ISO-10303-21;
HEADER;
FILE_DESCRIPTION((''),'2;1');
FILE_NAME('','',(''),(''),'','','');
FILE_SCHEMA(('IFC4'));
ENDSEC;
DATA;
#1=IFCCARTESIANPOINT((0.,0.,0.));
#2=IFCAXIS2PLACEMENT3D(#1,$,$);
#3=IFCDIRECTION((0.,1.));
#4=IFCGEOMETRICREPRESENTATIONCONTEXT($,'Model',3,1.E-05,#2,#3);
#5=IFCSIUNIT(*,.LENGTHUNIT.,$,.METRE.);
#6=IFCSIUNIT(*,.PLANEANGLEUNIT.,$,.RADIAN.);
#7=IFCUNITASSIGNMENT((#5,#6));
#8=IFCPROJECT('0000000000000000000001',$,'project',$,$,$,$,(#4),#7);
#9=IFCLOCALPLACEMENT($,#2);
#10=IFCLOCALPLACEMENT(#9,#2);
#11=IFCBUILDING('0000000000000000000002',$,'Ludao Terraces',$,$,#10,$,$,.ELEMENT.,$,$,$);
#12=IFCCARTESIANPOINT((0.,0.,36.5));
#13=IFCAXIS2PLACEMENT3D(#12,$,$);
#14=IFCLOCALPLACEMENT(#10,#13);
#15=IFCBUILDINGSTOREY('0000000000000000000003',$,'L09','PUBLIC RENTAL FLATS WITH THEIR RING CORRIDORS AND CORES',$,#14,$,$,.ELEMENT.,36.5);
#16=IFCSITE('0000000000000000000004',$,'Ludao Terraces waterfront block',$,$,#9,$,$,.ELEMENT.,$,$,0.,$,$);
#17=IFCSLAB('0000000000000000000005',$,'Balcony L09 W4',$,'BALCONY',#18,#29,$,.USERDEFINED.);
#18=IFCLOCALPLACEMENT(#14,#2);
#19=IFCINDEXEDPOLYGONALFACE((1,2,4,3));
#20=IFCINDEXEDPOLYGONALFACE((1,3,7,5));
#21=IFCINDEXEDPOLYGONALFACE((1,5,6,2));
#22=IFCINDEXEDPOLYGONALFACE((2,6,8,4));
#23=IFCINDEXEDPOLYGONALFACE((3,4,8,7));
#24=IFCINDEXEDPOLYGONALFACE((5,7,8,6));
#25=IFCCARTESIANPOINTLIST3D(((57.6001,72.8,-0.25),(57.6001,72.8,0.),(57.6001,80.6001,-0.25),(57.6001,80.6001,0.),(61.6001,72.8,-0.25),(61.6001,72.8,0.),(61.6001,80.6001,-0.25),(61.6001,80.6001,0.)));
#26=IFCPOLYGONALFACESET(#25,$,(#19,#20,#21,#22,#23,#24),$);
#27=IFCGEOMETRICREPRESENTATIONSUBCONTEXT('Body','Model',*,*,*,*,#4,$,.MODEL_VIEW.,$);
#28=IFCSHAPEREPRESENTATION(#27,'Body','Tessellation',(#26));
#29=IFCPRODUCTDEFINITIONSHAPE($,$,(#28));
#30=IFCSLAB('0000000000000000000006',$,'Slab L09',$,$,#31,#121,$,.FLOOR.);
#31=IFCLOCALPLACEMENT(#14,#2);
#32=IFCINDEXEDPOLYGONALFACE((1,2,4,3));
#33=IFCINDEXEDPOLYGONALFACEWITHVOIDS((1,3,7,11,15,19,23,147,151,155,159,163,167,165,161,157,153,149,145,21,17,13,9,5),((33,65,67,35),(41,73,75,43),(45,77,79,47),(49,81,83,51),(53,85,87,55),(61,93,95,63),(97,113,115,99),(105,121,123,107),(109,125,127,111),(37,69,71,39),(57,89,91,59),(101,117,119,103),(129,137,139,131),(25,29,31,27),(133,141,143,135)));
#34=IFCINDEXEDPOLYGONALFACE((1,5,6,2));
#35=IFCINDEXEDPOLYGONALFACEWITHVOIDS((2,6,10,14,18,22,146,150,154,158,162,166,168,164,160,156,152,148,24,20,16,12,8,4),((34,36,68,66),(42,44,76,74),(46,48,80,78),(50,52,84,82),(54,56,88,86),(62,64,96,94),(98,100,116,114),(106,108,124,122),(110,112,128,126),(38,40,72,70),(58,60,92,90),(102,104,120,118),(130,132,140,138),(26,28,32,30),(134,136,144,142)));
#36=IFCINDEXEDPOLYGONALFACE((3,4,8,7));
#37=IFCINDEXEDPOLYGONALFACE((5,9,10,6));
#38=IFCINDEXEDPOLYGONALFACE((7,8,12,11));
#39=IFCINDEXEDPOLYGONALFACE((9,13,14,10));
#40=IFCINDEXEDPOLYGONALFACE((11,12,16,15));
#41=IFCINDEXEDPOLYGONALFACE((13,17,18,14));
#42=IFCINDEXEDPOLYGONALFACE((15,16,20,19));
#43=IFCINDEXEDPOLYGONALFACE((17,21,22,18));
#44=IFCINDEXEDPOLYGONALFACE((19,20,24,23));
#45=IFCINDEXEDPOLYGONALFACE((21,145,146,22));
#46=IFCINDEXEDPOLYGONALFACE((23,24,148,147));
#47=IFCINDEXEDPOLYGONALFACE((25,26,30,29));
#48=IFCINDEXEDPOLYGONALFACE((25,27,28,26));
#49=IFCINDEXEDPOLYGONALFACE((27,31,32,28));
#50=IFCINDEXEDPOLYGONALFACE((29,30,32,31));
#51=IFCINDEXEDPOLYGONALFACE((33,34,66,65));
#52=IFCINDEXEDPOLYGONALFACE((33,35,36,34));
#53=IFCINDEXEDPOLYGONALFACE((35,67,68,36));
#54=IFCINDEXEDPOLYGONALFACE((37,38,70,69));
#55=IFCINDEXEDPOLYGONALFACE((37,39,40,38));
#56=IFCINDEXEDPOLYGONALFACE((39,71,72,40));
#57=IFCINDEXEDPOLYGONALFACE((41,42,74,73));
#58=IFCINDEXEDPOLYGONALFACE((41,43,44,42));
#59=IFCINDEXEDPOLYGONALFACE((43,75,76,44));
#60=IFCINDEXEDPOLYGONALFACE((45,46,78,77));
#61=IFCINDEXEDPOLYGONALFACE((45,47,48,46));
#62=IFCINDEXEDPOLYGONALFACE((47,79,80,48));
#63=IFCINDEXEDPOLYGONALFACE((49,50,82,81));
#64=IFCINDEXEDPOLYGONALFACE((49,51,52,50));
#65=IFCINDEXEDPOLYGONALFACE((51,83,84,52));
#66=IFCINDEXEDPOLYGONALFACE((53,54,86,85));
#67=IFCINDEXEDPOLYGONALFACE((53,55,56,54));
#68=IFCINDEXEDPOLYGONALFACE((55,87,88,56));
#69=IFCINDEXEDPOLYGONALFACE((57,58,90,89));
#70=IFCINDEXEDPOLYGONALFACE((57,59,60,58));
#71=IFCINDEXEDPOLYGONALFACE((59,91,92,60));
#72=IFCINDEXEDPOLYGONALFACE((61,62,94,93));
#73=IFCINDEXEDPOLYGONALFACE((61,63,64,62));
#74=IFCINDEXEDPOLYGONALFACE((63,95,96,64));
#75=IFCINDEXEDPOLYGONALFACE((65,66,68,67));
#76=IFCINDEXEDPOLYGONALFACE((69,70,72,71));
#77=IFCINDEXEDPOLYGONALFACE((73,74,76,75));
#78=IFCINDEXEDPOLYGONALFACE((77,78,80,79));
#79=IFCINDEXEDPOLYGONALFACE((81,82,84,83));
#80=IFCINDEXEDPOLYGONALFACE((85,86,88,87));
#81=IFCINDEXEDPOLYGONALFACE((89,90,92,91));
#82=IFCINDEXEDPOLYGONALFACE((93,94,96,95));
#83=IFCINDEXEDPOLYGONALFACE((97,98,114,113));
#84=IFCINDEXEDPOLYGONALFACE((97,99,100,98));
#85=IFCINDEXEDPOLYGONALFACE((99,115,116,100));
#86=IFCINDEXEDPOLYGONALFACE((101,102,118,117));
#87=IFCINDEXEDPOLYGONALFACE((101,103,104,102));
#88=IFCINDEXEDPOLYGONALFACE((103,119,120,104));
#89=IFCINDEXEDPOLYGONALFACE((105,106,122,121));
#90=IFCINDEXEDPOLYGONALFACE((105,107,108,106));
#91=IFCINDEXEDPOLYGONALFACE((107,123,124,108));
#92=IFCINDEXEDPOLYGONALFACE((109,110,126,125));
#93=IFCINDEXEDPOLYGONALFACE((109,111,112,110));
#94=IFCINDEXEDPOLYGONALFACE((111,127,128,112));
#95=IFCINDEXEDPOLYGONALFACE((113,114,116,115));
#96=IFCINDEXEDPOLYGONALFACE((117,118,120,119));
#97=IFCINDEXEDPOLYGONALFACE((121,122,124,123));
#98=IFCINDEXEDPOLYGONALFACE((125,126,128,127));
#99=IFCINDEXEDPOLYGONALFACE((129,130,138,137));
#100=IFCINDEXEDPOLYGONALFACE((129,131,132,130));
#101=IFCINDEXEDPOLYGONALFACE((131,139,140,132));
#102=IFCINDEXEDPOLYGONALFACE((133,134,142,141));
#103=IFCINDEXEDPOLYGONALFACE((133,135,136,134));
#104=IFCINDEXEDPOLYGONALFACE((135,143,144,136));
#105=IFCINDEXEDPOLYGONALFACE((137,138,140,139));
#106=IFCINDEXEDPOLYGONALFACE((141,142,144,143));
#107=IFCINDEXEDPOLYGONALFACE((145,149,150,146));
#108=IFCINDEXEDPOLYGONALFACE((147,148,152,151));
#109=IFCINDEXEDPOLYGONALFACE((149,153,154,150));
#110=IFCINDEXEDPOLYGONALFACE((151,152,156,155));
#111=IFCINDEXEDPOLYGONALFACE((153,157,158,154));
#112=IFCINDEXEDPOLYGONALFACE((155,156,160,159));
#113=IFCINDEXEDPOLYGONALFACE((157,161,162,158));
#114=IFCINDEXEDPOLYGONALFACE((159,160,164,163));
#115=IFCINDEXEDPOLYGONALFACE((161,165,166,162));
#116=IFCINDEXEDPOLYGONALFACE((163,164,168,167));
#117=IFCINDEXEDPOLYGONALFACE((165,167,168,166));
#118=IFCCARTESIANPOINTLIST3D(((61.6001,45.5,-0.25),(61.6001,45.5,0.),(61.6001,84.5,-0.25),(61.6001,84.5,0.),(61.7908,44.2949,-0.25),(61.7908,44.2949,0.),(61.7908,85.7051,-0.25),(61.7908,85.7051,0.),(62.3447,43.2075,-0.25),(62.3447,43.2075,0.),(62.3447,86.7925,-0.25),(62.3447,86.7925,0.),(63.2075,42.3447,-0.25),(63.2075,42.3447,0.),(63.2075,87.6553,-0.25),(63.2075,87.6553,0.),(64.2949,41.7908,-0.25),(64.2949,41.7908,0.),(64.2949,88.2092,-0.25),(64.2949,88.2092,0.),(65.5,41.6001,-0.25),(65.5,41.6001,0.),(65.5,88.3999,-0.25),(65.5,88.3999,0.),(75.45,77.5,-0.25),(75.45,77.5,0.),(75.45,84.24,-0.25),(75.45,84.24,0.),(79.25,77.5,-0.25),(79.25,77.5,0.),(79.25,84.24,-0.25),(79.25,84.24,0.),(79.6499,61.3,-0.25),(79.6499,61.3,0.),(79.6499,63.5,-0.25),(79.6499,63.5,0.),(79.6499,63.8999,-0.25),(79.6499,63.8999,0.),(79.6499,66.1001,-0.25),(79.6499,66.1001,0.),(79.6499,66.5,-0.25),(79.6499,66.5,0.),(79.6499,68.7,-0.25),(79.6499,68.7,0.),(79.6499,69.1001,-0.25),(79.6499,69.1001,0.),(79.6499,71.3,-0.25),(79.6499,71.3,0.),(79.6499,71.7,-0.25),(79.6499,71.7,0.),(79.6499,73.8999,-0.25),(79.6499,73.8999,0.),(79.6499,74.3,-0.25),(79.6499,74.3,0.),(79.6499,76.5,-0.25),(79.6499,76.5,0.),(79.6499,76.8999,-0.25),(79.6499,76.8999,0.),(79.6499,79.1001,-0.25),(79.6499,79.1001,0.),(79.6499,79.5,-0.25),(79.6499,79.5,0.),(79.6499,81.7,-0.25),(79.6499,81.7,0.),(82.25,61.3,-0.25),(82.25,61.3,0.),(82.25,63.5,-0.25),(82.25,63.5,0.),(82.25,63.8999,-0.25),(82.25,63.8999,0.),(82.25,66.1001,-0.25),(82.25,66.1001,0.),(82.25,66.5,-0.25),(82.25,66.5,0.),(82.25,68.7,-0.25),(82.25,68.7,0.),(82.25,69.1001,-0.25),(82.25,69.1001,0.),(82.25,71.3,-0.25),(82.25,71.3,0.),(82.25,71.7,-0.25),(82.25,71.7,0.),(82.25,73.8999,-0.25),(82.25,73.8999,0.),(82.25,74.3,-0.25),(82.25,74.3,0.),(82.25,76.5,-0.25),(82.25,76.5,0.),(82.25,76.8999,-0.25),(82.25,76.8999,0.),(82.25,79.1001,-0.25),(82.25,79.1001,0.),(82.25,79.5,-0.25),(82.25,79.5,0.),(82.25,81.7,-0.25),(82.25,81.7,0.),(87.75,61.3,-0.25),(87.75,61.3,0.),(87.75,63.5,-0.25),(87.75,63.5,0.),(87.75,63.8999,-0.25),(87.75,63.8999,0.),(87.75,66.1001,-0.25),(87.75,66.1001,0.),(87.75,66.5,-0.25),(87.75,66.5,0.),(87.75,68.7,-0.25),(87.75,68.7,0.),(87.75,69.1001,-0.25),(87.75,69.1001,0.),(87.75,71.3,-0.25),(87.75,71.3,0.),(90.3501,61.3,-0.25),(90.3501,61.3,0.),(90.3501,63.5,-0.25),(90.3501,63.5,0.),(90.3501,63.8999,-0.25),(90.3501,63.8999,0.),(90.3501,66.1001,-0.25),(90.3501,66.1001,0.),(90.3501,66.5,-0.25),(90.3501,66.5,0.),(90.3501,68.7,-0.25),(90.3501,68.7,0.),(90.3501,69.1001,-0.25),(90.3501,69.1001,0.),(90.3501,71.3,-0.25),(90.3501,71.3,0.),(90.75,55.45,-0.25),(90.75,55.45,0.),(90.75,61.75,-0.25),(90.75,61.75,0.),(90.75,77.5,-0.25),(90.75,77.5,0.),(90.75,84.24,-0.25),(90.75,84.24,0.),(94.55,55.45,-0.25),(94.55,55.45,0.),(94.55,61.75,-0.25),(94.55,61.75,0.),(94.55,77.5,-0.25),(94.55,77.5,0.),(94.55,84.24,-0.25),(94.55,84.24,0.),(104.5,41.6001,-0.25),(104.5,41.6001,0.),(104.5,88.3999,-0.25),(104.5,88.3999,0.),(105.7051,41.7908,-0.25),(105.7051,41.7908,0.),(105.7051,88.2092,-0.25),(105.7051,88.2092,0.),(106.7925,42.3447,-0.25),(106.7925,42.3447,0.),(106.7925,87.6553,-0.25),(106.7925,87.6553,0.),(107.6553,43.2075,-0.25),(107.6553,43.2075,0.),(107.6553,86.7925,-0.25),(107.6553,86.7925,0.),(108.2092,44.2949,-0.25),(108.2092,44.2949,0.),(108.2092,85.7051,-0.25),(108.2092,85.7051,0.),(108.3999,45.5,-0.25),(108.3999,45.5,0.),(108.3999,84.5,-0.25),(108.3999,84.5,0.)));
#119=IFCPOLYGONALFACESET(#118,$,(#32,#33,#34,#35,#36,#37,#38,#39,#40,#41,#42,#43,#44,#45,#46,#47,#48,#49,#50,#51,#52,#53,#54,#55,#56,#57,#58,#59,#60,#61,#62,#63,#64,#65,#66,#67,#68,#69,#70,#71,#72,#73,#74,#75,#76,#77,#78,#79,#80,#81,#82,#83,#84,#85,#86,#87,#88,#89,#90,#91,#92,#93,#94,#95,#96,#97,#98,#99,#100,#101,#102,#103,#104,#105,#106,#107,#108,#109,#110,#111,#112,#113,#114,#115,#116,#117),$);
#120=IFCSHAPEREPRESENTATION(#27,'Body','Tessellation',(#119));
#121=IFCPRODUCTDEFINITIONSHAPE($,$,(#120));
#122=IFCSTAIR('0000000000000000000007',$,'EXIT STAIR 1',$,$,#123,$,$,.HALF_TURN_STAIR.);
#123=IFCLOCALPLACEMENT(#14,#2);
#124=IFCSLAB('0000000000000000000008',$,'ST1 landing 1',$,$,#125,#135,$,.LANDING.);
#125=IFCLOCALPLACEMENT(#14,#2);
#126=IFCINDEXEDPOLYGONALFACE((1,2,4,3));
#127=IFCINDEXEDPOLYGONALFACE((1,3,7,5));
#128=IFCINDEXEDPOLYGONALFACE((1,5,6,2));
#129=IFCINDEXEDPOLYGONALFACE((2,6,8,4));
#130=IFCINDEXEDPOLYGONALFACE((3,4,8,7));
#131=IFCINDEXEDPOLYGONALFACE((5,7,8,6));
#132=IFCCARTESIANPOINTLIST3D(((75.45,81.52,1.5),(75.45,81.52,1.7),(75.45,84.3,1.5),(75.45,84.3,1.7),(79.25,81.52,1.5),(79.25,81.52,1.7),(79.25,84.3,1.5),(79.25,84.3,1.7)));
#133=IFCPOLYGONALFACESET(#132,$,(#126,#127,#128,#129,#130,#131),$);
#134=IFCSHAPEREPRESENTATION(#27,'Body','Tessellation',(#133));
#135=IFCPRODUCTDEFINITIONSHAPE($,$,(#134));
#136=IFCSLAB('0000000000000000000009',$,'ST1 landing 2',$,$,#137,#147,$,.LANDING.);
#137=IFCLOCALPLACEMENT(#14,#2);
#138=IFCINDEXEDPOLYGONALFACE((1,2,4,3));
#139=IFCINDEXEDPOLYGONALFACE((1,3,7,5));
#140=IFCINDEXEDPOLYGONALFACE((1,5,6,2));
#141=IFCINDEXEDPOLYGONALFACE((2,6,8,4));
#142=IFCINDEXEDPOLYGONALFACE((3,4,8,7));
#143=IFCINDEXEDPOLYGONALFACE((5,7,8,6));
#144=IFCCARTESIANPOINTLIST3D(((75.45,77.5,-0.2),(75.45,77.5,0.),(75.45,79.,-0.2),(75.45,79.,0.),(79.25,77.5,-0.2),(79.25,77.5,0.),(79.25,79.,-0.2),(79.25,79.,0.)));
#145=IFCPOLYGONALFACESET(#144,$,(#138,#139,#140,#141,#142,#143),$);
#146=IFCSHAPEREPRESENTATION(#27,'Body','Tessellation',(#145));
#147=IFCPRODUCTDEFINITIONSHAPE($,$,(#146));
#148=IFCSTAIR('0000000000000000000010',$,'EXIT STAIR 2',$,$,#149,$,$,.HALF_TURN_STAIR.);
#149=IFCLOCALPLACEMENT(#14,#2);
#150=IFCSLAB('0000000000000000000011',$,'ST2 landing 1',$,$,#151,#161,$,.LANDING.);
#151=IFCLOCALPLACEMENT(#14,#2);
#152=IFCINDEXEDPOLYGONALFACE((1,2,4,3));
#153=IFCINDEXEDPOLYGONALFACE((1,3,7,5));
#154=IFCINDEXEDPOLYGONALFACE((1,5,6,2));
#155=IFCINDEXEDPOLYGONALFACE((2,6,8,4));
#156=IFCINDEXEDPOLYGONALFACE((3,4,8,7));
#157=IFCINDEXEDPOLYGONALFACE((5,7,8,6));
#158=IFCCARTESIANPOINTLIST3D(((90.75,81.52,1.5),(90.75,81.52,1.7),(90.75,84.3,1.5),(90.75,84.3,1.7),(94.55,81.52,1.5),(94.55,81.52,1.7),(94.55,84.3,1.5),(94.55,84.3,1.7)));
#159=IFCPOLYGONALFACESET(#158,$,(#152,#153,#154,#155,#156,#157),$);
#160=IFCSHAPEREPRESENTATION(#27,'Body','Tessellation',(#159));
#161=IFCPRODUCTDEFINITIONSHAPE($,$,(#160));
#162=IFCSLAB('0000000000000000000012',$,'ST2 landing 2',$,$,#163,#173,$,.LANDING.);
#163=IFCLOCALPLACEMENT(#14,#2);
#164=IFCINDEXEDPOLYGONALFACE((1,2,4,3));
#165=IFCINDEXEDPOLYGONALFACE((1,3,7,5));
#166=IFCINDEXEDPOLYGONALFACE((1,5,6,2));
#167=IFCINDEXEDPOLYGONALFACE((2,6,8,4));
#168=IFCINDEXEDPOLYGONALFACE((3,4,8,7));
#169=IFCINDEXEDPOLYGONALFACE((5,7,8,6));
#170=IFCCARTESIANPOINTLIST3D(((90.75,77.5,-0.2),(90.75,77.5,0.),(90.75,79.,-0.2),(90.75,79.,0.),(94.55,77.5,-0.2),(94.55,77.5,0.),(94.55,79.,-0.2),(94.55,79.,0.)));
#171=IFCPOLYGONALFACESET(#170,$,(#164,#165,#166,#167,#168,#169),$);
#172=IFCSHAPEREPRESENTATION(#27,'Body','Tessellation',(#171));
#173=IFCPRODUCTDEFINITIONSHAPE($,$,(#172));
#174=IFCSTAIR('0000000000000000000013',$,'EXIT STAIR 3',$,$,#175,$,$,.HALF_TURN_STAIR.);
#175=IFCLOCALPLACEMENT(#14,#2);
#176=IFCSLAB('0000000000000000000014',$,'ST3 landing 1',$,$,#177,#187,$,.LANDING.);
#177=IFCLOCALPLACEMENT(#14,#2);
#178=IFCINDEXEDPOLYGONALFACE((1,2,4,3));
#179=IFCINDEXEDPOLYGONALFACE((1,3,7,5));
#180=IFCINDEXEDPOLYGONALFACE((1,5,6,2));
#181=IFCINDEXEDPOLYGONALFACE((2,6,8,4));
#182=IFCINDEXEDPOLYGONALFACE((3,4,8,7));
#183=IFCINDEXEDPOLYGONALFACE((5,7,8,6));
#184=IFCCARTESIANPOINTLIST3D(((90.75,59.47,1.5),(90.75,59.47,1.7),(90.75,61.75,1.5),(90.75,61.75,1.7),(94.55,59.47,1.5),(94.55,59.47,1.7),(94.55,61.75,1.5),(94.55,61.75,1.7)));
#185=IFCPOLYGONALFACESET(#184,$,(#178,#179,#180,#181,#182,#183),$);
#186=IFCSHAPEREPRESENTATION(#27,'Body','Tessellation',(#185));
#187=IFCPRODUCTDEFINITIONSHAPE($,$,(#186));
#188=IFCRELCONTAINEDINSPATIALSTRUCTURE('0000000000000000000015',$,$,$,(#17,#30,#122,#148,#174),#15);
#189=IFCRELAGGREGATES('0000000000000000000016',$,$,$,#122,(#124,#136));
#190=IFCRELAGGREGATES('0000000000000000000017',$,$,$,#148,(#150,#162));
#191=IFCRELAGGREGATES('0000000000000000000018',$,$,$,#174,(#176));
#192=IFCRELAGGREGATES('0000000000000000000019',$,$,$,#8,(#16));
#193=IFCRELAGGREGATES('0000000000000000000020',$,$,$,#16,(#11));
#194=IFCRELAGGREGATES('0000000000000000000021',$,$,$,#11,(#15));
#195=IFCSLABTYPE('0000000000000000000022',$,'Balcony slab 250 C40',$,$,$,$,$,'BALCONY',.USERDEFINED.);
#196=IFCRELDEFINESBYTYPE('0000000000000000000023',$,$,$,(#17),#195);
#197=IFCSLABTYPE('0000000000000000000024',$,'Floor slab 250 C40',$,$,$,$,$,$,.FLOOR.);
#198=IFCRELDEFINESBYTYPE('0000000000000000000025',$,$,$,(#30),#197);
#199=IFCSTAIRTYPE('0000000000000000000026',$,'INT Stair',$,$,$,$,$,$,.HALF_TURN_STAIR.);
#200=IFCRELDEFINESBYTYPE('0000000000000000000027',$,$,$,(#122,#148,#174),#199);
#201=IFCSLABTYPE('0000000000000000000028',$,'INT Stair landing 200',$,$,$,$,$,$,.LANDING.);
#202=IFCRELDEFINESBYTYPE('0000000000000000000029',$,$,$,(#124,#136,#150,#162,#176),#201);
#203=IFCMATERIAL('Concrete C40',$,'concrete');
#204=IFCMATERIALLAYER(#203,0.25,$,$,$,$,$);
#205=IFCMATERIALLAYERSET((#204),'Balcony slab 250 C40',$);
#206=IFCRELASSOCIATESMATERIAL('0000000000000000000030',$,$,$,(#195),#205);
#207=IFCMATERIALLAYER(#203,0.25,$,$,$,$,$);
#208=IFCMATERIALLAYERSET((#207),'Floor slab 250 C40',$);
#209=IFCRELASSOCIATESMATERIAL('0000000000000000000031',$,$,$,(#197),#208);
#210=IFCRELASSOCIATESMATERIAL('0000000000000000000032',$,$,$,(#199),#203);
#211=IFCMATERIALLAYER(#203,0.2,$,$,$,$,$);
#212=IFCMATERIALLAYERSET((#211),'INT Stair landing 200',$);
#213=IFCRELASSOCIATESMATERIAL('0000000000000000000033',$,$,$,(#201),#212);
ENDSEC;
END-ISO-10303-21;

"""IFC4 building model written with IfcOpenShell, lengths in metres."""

from ifc_helpers import new_model, si_unit, direction, frame, origin, place, context, subcontext, project, spatial, polyline, outline, extrude, material, layer, layer_set, type_object, element, aggregate, save


model = new_model("IFC4")

# Units and contexts
model_context = context("Model", 3, precision=1e-05, world=origin(), true_north=direction((0.0, 1.0)))
body_context = subcontext(model_context, "Body", "Model", "MODEL_VIEW")
ifc_project = project(units=[si_unit("LENGTHUNIT", "METRE"), si_unit("PLANEANGLEUNIT", "RADIAN")], contexts=[model_context])

# Site, building, storey
site_placement = place(None, origin())
site = spatial("IfcSite", under=ifc_project, at=site_placement, Name="Ludao Terraces waterfront block", CompositionType="ELEMENT", RefElevation=0.0)
building_placement = place(site_placement, origin())
building = spatial("IfcBuilding", under=site, at=building_placement, Name="Ludao Terraces", CompositionType="ELEMENT")
storey_placement = place(building_placement, frame((0.0, 0.0, 36.5)))
storey = spatial("IfcBuildingStorey", under=building, at=storey_placement, Name="L09", Description="PUBLIC RENTAL FLATS WITH THEIR RING CORRIDORS AND CORES", CompositionType="ELEMENT", Elevation=36.5)

# Shared definitions
ifc_material_1 = material(Name="Concrete C40", Category="concrete")

# Slabs
ifc_layer_1 = layer(ifc_material_1, 0.25)
ifc_layer_set_1 = layer_set([ifc_layer_1], Name="Balcony slab 250 C40")
slab_type_1 = type_object("IfcSlabType", Name="Balcony slab 250 C40", ElementType="BALCONY", PredefinedType="USERDEFINED", material=ifc_layer_set_1)
slab_1_placement = place(storey_placement, frame((0.0, 0.0, -0.25)))
element("IfcSlab", 1, at=slab_1_placement, inside=storey, type_object=slab_type_1, Name="Balcony L09 W4", ObjectType="BALCONY", PredefinedType="USERDEFINED", context=body_context, shape_type="SweptSolid", body=[
    extrude(outline(polyline([(57.6001, 72.8), (61.6001, 72.8), (61.6001, 80.6001), (57.6001, 80.6001), (57.6001, 72.8)])), origin(), (0.0, 0.0, 1.0), 0.25),
])
ifc_layer_2 = layer(ifc_material_1, 0.25)
ifc_layer_set_2 = layer_set([ifc_layer_2], Name="Floor slab 250 C40")
slab_type_2 = type_object("IfcSlabType", Name="Floor slab 250 C40", PredefinedType="FLOOR", material=ifc_layer_set_2)
slab_2_placement = place(storey_placement, frame((0.0, 0.0, -0.25)))
element("IfcSlab", 2, at=slab_2_placement, inside=storey, type_object=slab_type_2, Name="Slab L09", PredefinedType="FLOOR", context=body_context, shape_type="SweptSolid", body=[
    extrude(outline(polyline([(104.5, 41.6001), (105.7051, 41.7908), (106.7925, 42.3447), (107.6553, 43.2075), (108.2092, 44.2949), (108.3999, 45.5), (108.3999, 84.5), (108.2092, 85.7051), (107.6553, 86.7925), (106.7925, 87.6553), (105.7051, 88.2092), (104.5, 88.3999), (65.5, 88.3999), (64.2949, 88.2092), (63.2075, 87.6553), (62.3447, 86.7925), (61.7908, 85.7051), (61.6001, 84.5), (61.6001, 45.5), (61.7908, 44.2949), (62.3447, 43.2075), (63.2075, 42.3447), (64.2949, 41.7908), (65.5, 41.6001), (104.5, 41.6001)]), holes=[polyline([(79.6499, 61.3), (82.25, 61.3), (82.25, 63.5), (79.6499, 63.5), (79.6499, 61.3)]), polyline([(79.6499, 63.8999), (82.25, 63.8999), (82.25, 66.1001), (79.6499, 66.1001), (79.6499, 63.8999)]), polyline([(79.6499, 66.5), (82.25, 66.5), (82.25, 68.7), (79.6499, 68.7), (79.6499, 66.5)]), polyline([(79.6499, 69.1001), (82.25, 69.1001), (82.25, 71.3), (79.6499, 71.3), (79.6499, 69.1001)]), polyline([(79.6499, 71.7), (82.25, 71.7), (82.25, 73.8999), (79.6499, 73.8999), (79.6499, 71.7)]), polyline([(79.6499, 74.3), (82.25, 74.3), (82.25, 76.5), (79.6499, 76.5), (79.6499, 74.3)]), polyline([(79.6499, 76.8999), (82.25, 76.8999), (82.25, 79.1001), (79.6499, 79.1001), (79.6499, 76.8999)]), polyline([(79.6499, 79.5), (82.25, 79.5), (82.25, 81.7), (79.6499, 81.7), (79.6499, 79.5)]), polyline([(87.75, 61.3), (90.3501, 61.3), (90.3501, 63.5), (87.75, 63.5), (87.75, 61.3)]), polyline([(87.75, 63.8999), (90.3501, 63.8999), (90.3501, 66.1001), (87.75, 66.1001), (87.75, 63.8999)]), polyline([(87.75, 66.5), (90.3501, 66.5), (90.3501, 68.7), (87.75, 68.7), (87.75, 66.5)]), polyline([(87.75, 69.1001), (90.3501, 69.1001), (90.3501, 71.3), (87.75, 71.3), (87.75, 69.1001)]), polyline([(75.45, 77.5), (79.25, 77.5), (79.25, 84.24), (75.45, 84.24), (75.45, 77.5)]), polyline([(90.75, 77.5), (94.55, 77.5), (94.55, 84.24), (90.75, 84.24), (90.75, 77.5)]), polyline([(90.75, 55.45), (94.55, 55.45), (94.55, 61.75), (90.75, 61.75), (90.75, 55.45)])]), origin(), (0.0, 0.0, 1.0), 0.25),
])

# Stairs, slabs
stair_type = type_object("IfcStairType", Name="INT Stair", PredefinedType="HALF_TURN_STAIR", material=ifc_material_1)
stair_1_placement = place(storey_placement, origin())
stair_1 = element("IfcStair", 3, at=stair_1_placement, inside=storey, type_object=stair_type, Name="EXIT STAIR 1", PredefinedType="HALF_TURN_STAIR")
ifc_layer_3 = layer(ifc_material_1, 0.2)
ifc_layer_set_3 = layer_set([ifc_layer_3], Name="INT Stair landing 200")
slab_type_3 = type_object("IfcSlabType", Name="INT Stair landing 200", PredefinedType="LANDING", material=ifc_layer_set_3)
slab_3_placement = place(storey_placement, frame((0.0, 0.0, 1.5)))
slab_3 = element("IfcSlab", 4, at=slab_3_placement, type_object=slab_type_3, Name="ST1 landing 1", PredefinedType="LANDING", context=body_context, shape_type="SweptSolid", body=[
    extrude(outline(polyline([(75.45, 81.52), (79.25, 81.52), (79.25, 84.3), (75.45, 84.3), (75.45, 81.52)])), origin(), (0.0, 0.0, 1.0), 0.2),
])
slab_4_placement = place(storey_placement, frame((0.0, 0.0, -0.2)))
slab_4 = element("IfcSlab", 5, at=slab_4_placement, type_object=slab_type_3, Name="ST1 landing 2", PredefinedType="LANDING", context=body_context, shape_type="SweptSolid", body=[
    extrude(outline(polyline([(75.45, 77.5), (79.25, 77.5), (79.25, 79.0), (75.45, 79.0), (75.45, 77.5)])), origin(), (0.0, 0.0, 1.0), 0.2),
])
aggregate(stair_1, [slab_3, slab_4])
stair_2_placement = place(storey_placement, origin())
stair_2 = element("IfcStair", 6, at=stair_2_placement, inside=storey, type_object=stair_type, Name="EXIT STAIR 2", PredefinedType="HALF_TURN_STAIR")
slab_5_placement = place(storey_placement, frame((0.0, 0.0, 1.5)))
slab_5 = element("IfcSlab", 7, at=slab_5_placement, type_object=slab_type_3, Name="ST2 landing 1", PredefinedType="LANDING", context=body_context, shape_type="SweptSolid", body=[
    extrude(outline(polyline([(90.75, 81.52), (94.55, 81.52), (94.55, 84.3), (90.75, 84.3), (90.75, 81.52)])), origin(), (0.0, 0.0, 1.0), 0.2),
])
slab_6_placement = place(storey_placement, frame((0.0, 0.0, -0.2)))
slab_6 = element("IfcSlab", 8, at=slab_6_placement, type_object=slab_type_3, Name="ST2 landing 2", PredefinedType="LANDING", context=body_context, shape_type="SweptSolid", body=[
    extrude(outline(polyline([(90.75, 77.5), (94.55, 77.5), (94.55, 79.0), (90.75, 79.0), (90.75, 77.5)])), origin(), (0.0, 0.0, 1.0), 0.2),
])
aggregate(stair_2, [slab_5, slab_6])
stair_3_placement = place(storey_placement, origin())
stair_3 = element("IfcStair", 9, at=stair_3_placement, inside=storey, type_object=stair_type, Name="EXIT STAIR 3", PredefinedType="HALF_TURN_STAIR")
slab_7_placement = place(storey_placement, frame((0.0, 0.0, 1.5)))
slab_7 = element("IfcSlab", 10, at=slab_7_placement, type_object=slab_type_3, Name="ST3 landing 1", PredefinedType="LANDING", context=body_context, shape_type="SweptSolid", body=[
    extrude(outline(polyline([(90.75, 59.47), (94.55, 59.47), (94.55, 61.75), (90.75, 61.75), (90.75, 59.47)])), origin(), (0.0, 0.0, 1.0), 0.2),
])
aggregate(stair_3, [slab_7])

save(model, "model.ifc")
